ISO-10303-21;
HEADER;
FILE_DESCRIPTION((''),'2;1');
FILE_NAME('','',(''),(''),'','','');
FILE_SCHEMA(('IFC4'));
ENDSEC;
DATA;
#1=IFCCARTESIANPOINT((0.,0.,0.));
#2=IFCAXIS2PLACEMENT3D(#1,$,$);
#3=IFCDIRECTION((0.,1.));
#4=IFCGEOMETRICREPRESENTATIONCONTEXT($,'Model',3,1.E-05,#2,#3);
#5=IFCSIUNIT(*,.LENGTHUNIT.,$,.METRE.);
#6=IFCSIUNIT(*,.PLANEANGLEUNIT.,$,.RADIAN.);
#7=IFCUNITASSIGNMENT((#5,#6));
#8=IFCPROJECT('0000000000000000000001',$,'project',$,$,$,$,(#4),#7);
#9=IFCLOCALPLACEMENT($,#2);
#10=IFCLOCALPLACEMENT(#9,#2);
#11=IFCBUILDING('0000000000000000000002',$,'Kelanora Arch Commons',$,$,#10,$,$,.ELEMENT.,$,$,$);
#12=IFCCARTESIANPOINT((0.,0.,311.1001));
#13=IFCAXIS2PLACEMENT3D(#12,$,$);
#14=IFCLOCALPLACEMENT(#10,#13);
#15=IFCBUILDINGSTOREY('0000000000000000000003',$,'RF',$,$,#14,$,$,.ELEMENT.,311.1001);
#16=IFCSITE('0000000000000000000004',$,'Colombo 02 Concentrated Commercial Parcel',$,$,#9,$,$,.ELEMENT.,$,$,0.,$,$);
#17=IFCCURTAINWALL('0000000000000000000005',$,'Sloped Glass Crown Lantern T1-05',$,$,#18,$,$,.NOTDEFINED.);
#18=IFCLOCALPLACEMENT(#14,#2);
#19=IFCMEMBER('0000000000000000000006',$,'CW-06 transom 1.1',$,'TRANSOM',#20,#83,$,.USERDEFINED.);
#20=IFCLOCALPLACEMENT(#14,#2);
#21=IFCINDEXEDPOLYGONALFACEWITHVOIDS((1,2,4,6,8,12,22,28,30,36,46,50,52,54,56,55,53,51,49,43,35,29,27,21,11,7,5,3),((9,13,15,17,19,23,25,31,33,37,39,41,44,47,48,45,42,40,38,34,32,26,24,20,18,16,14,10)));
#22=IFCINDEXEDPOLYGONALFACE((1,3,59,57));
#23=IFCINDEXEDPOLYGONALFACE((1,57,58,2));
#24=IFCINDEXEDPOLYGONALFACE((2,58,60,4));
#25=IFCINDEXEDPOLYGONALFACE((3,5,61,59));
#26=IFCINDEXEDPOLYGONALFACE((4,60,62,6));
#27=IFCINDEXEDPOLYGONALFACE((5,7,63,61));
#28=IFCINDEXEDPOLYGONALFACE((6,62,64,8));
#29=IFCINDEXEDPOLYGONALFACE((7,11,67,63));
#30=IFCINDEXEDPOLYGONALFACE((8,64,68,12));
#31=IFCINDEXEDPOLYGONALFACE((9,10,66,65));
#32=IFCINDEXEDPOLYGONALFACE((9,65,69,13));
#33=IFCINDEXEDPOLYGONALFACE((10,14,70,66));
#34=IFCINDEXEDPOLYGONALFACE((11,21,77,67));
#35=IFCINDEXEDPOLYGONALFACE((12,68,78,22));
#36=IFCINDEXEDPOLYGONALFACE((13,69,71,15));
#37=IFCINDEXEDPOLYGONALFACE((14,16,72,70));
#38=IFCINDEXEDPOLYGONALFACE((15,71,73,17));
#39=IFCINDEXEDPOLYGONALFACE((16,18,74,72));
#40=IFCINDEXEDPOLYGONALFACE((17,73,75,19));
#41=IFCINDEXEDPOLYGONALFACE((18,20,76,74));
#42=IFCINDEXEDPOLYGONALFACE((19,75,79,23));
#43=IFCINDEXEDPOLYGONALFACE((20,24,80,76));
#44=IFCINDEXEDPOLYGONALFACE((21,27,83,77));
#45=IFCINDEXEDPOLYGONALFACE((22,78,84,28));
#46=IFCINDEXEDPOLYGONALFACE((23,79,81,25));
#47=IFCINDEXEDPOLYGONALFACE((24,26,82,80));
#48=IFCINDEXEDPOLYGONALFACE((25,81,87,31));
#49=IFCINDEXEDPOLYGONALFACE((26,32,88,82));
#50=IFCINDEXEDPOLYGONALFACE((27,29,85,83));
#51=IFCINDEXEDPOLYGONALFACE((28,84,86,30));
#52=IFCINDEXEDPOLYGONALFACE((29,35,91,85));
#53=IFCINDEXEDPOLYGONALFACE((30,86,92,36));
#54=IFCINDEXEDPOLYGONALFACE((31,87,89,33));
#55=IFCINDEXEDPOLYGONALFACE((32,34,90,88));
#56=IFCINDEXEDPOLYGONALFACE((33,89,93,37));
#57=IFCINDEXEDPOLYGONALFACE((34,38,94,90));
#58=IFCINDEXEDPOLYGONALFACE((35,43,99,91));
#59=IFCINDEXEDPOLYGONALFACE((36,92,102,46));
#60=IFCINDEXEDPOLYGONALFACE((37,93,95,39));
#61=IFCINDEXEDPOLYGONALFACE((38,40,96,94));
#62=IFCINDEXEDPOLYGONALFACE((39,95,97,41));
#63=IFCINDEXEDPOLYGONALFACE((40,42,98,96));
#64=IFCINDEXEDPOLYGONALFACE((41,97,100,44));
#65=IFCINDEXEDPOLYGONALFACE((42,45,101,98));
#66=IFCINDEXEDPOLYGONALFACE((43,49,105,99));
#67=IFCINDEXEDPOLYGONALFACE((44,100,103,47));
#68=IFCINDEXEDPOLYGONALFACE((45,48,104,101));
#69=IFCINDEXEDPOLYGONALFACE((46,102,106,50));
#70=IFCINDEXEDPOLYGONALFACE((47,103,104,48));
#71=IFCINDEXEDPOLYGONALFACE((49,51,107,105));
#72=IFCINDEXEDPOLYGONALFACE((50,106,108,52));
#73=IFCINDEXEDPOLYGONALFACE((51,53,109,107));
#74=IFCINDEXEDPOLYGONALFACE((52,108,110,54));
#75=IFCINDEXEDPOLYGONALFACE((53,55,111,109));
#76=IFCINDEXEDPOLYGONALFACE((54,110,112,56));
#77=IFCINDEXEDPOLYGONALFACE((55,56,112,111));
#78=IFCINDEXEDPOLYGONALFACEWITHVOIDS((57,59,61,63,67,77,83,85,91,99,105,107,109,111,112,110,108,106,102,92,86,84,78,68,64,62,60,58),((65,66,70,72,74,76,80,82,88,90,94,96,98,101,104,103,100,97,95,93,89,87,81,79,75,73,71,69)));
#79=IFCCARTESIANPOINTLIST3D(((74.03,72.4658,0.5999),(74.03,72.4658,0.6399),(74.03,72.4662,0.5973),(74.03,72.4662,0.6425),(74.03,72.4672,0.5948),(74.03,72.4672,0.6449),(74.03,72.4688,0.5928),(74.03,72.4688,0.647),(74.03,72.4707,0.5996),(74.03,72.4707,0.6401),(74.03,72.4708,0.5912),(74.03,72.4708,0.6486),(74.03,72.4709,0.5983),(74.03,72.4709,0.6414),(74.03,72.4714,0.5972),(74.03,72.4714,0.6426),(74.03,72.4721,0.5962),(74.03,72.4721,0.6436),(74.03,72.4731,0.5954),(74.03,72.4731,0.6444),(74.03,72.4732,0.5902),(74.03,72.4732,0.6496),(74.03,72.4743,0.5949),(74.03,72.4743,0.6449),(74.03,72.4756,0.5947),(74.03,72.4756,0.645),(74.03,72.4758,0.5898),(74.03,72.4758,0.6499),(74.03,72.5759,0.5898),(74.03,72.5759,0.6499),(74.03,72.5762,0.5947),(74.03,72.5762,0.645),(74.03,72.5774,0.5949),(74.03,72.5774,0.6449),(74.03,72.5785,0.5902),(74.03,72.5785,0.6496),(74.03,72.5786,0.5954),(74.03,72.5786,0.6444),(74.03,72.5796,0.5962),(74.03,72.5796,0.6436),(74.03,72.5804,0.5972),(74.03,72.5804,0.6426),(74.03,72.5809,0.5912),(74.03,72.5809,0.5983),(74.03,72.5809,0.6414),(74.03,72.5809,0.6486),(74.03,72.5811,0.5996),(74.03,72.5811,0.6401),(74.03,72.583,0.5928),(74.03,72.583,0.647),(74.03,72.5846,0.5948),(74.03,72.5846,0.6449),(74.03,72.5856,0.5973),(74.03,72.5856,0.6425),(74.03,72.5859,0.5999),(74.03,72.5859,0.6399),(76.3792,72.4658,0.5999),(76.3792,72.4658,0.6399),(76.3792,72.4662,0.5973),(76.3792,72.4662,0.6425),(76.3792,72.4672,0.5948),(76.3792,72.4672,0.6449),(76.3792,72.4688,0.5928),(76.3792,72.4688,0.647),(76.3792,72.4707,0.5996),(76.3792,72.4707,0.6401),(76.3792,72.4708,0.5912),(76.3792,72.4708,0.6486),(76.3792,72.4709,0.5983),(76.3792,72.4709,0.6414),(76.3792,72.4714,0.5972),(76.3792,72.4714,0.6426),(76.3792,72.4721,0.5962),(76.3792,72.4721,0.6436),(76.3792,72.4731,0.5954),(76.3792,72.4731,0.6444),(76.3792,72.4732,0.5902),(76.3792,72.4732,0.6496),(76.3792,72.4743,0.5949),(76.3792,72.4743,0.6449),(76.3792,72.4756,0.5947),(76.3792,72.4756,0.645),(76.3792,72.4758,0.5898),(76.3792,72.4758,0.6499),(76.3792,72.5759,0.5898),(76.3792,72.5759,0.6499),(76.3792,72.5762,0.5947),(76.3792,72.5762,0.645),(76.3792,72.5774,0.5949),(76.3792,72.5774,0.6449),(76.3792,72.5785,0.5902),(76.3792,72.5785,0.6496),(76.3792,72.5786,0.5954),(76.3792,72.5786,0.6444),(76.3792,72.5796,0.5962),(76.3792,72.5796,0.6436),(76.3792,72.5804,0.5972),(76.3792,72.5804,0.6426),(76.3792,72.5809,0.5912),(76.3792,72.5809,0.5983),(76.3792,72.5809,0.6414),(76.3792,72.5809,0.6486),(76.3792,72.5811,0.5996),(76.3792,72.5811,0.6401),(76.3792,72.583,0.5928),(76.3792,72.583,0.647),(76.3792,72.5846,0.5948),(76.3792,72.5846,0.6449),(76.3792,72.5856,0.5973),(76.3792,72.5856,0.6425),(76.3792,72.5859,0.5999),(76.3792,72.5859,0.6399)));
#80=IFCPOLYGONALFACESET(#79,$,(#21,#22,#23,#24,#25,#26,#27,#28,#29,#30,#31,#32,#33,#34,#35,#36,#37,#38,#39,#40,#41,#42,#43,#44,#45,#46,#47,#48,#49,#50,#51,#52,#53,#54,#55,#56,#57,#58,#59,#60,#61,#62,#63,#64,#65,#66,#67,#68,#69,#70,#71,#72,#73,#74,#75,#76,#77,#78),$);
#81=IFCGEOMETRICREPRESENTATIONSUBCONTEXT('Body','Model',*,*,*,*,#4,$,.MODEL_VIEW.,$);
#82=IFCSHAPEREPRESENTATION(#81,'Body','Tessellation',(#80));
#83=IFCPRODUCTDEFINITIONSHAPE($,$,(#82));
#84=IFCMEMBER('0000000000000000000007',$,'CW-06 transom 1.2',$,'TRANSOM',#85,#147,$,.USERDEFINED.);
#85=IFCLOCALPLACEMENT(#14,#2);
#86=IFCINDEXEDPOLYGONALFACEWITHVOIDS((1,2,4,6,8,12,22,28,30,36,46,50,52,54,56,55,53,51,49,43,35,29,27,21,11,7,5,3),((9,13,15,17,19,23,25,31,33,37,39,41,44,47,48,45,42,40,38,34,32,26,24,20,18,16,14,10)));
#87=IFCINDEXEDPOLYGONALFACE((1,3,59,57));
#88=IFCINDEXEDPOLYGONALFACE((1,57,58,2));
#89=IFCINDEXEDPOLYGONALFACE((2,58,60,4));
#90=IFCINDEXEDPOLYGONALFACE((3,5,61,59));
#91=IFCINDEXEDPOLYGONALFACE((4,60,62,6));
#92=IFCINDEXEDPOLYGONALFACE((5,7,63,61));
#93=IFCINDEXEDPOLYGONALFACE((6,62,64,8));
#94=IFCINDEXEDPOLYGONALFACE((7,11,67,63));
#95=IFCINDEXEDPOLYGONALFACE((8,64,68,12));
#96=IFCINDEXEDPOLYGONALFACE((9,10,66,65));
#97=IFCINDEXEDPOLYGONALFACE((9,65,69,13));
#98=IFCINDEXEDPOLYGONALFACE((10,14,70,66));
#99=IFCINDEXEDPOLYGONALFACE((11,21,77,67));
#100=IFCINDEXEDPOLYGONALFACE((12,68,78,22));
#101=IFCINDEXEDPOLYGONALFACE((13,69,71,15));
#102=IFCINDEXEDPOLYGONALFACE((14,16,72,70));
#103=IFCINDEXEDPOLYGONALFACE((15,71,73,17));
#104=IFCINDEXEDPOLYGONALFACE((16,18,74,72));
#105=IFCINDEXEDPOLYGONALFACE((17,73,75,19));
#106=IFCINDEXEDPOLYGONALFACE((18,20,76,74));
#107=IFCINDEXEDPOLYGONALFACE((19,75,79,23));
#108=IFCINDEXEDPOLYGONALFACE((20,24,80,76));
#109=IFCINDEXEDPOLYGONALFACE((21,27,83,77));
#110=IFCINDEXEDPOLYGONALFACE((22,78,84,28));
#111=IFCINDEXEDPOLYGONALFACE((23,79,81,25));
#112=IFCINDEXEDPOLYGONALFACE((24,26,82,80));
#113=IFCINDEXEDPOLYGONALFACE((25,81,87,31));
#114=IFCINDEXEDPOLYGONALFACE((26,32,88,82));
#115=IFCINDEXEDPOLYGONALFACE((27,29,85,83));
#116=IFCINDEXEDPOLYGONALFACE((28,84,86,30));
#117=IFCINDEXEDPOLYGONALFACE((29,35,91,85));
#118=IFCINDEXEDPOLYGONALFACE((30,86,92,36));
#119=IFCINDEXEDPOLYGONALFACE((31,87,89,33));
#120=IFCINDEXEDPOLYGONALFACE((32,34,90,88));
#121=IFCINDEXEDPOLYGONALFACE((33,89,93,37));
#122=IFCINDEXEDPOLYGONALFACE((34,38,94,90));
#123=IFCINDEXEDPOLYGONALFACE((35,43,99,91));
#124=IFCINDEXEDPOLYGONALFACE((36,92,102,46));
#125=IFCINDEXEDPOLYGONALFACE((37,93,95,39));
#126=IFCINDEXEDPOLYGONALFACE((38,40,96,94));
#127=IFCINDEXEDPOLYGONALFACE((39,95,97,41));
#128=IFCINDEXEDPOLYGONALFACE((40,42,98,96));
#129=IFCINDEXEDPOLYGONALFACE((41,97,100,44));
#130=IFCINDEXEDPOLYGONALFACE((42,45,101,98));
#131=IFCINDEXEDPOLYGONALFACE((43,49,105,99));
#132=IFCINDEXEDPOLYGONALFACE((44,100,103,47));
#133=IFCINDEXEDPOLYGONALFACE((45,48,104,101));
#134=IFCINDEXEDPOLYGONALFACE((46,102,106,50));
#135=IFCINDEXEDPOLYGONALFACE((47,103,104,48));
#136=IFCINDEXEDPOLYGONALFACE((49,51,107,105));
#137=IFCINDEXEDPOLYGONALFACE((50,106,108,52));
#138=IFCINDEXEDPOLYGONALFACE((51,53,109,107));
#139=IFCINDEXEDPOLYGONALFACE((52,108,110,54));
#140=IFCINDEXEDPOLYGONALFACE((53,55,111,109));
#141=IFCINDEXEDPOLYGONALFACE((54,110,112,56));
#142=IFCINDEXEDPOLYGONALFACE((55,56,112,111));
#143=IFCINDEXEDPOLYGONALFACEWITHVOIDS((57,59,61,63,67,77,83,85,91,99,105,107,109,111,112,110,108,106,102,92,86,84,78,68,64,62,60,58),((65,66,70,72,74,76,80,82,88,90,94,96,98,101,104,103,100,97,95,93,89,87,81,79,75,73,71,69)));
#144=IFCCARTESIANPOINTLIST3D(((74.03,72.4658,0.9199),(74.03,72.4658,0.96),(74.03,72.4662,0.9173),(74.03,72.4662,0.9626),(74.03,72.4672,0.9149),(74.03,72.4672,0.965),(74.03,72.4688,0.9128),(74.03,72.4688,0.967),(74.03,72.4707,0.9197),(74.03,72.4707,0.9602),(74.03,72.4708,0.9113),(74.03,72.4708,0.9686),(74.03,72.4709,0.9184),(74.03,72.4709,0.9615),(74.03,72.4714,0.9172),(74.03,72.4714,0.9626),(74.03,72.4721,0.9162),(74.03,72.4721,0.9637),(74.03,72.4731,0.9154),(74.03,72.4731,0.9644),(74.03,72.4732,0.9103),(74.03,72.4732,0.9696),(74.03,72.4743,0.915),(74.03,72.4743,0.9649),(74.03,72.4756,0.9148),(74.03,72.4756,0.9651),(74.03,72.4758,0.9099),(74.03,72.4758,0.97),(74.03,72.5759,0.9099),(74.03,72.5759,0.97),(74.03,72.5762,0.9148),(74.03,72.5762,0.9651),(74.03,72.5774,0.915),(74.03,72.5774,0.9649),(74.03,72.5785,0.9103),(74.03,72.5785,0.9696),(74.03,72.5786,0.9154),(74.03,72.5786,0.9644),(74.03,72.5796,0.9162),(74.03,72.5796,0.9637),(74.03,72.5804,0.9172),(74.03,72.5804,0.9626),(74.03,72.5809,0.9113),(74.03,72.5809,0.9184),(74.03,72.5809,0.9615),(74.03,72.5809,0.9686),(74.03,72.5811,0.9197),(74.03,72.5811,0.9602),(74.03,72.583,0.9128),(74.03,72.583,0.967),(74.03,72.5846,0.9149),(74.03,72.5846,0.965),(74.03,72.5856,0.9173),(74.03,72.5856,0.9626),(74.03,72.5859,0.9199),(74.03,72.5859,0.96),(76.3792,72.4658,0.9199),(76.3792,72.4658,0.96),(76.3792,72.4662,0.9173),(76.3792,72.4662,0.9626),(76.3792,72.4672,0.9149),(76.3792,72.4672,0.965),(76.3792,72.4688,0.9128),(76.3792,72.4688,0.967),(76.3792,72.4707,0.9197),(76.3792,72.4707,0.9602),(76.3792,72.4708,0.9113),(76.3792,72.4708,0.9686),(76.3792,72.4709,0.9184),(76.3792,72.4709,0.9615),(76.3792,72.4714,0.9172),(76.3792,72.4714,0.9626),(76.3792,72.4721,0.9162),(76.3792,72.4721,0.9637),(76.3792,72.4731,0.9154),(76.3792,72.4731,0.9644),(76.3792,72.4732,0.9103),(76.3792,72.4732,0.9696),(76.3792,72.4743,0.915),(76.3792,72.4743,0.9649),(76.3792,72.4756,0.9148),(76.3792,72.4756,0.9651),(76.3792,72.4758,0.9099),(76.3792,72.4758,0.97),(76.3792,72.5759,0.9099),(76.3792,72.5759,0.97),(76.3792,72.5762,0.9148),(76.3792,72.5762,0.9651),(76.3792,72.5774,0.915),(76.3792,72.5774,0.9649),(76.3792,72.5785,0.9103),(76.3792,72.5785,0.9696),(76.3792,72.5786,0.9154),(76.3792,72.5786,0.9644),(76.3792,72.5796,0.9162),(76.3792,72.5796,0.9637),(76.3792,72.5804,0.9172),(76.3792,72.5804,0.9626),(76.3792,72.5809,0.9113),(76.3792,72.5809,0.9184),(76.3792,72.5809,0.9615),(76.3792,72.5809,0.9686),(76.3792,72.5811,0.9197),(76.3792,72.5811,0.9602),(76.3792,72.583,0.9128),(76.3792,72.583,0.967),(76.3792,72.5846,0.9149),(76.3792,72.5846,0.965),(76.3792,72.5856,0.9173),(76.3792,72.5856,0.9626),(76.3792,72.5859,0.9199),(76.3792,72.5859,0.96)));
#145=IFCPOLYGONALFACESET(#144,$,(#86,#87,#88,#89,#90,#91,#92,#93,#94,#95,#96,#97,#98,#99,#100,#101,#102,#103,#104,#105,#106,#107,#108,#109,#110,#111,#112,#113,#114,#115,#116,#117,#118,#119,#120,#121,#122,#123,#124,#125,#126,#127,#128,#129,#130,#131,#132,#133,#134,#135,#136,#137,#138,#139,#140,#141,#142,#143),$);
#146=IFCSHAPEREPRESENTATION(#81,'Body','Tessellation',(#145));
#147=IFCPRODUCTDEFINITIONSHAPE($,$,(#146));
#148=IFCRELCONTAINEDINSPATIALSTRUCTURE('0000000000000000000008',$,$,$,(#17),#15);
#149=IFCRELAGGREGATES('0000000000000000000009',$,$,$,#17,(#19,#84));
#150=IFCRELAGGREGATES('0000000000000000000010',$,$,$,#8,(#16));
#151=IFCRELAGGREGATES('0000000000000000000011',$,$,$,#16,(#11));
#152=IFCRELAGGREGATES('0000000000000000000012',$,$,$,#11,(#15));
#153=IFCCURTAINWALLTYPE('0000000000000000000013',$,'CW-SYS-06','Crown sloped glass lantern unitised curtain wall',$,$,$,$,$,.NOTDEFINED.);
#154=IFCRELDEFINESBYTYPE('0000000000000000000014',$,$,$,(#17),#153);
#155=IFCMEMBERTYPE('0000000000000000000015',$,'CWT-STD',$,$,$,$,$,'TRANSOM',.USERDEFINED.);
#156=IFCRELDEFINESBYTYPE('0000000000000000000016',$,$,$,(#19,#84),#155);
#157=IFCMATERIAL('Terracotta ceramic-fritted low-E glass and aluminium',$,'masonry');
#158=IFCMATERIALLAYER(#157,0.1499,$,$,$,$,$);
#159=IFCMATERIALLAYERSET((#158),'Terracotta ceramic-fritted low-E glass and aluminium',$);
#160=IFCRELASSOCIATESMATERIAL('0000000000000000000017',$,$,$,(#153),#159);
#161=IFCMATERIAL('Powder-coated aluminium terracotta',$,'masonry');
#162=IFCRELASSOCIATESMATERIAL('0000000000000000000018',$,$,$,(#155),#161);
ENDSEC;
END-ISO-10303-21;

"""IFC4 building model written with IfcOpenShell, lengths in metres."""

from ifc_helpers import new_model, si_unit, direction, frame, origin, origin_2d, place, context, subcontext, project, spatial, hollow_rectangle, extrude, material, layer, layer_set, material_profile, profile_set, type_object, element, aggregate, save


model = new_model("IFC4")

# Units and contexts
model_context = context("Model", 3, precision=1e-05, world=origin(), true_north=direction((0.0, 1.0)))
body_context = subcontext(model_context, "Body", "Model", "MODEL_VIEW")
ifc_project = project(units=[si_unit("LENGTHUNIT", "METRE"), si_unit("PLANEANGLEUNIT", "RADIAN")], contexts=[model_context])

# Site, building, storey
site_placement = place(None, origin())
site = spatial("IfcSite", under=ifc_project, at=site_placement, Name="Colombo 02 Concentrated Commercial Parcel", CompositionType="ELEMENT", RefElevation=0.0)
building_placement = place(site_placement, origin())
building = spatial("IfcBuilding", under=site, at=building_placement, Name="Kelanora Arch Commons", CompositionType="ELEMENT")
storey_placement = place(building_placement, frame((0.0, 0.0, 311.1001)))
storey = spatial("IfcBuildingStorey", under=building, at=storey_placement, Name="RF", CompositionType="ELEMENT", Elevation=311.1001)

# Shared definitions
ifc_material_1 = material(Name="Terracotta ceramic-fritted low-E glass and aluminium", Category="masonry")
ifc_layer_1 = layer(ifc_material_1, 0.1499)
ifc_layer_set_1 = layer_set([ifc_layer_1], Name="Terracotta ceramic-fritted low-E glass and aluminium")
curtain_wall_type = type_object("IfcCurtainWallType", Name="CW-SYS-06", Description="Crown sloped glass lantern unitised curtain wall", PredefinedType="NOTDEFINED", material=ifc_layer_set_1)
ifc_material_2 = material(Name="Powder-coated aluminium terracotta", Category="masonry")

# Curtain wall
curtain_wall_1_placement = place(storey_placement, origin())
curtain_wall_1 = element("IfcCurtainWall", 1, at=curtain_wall_1_placement, inside=storey, type_object=curtain_wall_type, Name="Sloped Glass Crown Lantern T1-05", PredefinedType="NOTDEFINED")

# Members
ifc_material_profile_1 = material_profile(ifc_material_2, hollow_rectangle(XDim=0.1201, YDim=0.0601, WallThickness=0.0049, InnerFilletRadius=0.0049, OuterFilletRadius=0.01, at=origin_2d()), Name="CWT120x60")
ifc_profile_set_1 = profile_set([ifc_material_profile_1], Name="Powder-coated aluminium terracotta")
member_type_1 = type_object("IfcMemberType", Name="CWT-STD", ElementType="TRANSOM", PredefinedType="USERDEFINED", material=ifc_profile_set_1)
member_1_placement = place(storey_placement, frame((76.3792, 72.5259, 0.6199), z_axis=(-1.0, 0.0, 0.0), x_axis=(0.0, -1.0, 0.0)))
member_1 = element("IfcMember", 2, at=member_1_placement, type_object=member_type_1, Name="CW-06 transom 1.1", ObjectType="TRANSOM", PredefinedType="USERDEFINED", context=body_context, shape_type="SweptSolid", body=[
    extrude(hollow_rectangle(XDim=0.1201, YDim=0.0601, WallThickness=0.0049, InnerFilletRadius=0.0049, OuterFilletRadius=0.01, at=origin_2d()), origin(), (0.0, 0.0, 1.0), 2.3491),
])
member_2_placement = place(storey_placement, frame((76.3792, 72.5259, 0.9399), z_axis=(-1.0, 0.0, 0.0), x_axis=(0.0, -1.0, 0.0)))
member_2 = element("IfcMember", 3, at=member_2_placement, type_object=member_type_1, Name="CW-06 transom 1.2", ObjectType="TRANSOM", PredefinedType="USERDEFINED", context=body_context, shape_type="SweptSolid", body=[
    extrude(hollow_rectangle(XDim=0.1201, YDim=0.0601, WallThickness=0.0049, InnerFilletRadius=0.0049, OuterFilletRadius=0.01, at=origin_2d()), origin(), (0.0, 0.0, 1.0), 2.3491),
])

aggregate(curtain_wall_1, [member_1, member_2])

save(model, "model.ifc")
